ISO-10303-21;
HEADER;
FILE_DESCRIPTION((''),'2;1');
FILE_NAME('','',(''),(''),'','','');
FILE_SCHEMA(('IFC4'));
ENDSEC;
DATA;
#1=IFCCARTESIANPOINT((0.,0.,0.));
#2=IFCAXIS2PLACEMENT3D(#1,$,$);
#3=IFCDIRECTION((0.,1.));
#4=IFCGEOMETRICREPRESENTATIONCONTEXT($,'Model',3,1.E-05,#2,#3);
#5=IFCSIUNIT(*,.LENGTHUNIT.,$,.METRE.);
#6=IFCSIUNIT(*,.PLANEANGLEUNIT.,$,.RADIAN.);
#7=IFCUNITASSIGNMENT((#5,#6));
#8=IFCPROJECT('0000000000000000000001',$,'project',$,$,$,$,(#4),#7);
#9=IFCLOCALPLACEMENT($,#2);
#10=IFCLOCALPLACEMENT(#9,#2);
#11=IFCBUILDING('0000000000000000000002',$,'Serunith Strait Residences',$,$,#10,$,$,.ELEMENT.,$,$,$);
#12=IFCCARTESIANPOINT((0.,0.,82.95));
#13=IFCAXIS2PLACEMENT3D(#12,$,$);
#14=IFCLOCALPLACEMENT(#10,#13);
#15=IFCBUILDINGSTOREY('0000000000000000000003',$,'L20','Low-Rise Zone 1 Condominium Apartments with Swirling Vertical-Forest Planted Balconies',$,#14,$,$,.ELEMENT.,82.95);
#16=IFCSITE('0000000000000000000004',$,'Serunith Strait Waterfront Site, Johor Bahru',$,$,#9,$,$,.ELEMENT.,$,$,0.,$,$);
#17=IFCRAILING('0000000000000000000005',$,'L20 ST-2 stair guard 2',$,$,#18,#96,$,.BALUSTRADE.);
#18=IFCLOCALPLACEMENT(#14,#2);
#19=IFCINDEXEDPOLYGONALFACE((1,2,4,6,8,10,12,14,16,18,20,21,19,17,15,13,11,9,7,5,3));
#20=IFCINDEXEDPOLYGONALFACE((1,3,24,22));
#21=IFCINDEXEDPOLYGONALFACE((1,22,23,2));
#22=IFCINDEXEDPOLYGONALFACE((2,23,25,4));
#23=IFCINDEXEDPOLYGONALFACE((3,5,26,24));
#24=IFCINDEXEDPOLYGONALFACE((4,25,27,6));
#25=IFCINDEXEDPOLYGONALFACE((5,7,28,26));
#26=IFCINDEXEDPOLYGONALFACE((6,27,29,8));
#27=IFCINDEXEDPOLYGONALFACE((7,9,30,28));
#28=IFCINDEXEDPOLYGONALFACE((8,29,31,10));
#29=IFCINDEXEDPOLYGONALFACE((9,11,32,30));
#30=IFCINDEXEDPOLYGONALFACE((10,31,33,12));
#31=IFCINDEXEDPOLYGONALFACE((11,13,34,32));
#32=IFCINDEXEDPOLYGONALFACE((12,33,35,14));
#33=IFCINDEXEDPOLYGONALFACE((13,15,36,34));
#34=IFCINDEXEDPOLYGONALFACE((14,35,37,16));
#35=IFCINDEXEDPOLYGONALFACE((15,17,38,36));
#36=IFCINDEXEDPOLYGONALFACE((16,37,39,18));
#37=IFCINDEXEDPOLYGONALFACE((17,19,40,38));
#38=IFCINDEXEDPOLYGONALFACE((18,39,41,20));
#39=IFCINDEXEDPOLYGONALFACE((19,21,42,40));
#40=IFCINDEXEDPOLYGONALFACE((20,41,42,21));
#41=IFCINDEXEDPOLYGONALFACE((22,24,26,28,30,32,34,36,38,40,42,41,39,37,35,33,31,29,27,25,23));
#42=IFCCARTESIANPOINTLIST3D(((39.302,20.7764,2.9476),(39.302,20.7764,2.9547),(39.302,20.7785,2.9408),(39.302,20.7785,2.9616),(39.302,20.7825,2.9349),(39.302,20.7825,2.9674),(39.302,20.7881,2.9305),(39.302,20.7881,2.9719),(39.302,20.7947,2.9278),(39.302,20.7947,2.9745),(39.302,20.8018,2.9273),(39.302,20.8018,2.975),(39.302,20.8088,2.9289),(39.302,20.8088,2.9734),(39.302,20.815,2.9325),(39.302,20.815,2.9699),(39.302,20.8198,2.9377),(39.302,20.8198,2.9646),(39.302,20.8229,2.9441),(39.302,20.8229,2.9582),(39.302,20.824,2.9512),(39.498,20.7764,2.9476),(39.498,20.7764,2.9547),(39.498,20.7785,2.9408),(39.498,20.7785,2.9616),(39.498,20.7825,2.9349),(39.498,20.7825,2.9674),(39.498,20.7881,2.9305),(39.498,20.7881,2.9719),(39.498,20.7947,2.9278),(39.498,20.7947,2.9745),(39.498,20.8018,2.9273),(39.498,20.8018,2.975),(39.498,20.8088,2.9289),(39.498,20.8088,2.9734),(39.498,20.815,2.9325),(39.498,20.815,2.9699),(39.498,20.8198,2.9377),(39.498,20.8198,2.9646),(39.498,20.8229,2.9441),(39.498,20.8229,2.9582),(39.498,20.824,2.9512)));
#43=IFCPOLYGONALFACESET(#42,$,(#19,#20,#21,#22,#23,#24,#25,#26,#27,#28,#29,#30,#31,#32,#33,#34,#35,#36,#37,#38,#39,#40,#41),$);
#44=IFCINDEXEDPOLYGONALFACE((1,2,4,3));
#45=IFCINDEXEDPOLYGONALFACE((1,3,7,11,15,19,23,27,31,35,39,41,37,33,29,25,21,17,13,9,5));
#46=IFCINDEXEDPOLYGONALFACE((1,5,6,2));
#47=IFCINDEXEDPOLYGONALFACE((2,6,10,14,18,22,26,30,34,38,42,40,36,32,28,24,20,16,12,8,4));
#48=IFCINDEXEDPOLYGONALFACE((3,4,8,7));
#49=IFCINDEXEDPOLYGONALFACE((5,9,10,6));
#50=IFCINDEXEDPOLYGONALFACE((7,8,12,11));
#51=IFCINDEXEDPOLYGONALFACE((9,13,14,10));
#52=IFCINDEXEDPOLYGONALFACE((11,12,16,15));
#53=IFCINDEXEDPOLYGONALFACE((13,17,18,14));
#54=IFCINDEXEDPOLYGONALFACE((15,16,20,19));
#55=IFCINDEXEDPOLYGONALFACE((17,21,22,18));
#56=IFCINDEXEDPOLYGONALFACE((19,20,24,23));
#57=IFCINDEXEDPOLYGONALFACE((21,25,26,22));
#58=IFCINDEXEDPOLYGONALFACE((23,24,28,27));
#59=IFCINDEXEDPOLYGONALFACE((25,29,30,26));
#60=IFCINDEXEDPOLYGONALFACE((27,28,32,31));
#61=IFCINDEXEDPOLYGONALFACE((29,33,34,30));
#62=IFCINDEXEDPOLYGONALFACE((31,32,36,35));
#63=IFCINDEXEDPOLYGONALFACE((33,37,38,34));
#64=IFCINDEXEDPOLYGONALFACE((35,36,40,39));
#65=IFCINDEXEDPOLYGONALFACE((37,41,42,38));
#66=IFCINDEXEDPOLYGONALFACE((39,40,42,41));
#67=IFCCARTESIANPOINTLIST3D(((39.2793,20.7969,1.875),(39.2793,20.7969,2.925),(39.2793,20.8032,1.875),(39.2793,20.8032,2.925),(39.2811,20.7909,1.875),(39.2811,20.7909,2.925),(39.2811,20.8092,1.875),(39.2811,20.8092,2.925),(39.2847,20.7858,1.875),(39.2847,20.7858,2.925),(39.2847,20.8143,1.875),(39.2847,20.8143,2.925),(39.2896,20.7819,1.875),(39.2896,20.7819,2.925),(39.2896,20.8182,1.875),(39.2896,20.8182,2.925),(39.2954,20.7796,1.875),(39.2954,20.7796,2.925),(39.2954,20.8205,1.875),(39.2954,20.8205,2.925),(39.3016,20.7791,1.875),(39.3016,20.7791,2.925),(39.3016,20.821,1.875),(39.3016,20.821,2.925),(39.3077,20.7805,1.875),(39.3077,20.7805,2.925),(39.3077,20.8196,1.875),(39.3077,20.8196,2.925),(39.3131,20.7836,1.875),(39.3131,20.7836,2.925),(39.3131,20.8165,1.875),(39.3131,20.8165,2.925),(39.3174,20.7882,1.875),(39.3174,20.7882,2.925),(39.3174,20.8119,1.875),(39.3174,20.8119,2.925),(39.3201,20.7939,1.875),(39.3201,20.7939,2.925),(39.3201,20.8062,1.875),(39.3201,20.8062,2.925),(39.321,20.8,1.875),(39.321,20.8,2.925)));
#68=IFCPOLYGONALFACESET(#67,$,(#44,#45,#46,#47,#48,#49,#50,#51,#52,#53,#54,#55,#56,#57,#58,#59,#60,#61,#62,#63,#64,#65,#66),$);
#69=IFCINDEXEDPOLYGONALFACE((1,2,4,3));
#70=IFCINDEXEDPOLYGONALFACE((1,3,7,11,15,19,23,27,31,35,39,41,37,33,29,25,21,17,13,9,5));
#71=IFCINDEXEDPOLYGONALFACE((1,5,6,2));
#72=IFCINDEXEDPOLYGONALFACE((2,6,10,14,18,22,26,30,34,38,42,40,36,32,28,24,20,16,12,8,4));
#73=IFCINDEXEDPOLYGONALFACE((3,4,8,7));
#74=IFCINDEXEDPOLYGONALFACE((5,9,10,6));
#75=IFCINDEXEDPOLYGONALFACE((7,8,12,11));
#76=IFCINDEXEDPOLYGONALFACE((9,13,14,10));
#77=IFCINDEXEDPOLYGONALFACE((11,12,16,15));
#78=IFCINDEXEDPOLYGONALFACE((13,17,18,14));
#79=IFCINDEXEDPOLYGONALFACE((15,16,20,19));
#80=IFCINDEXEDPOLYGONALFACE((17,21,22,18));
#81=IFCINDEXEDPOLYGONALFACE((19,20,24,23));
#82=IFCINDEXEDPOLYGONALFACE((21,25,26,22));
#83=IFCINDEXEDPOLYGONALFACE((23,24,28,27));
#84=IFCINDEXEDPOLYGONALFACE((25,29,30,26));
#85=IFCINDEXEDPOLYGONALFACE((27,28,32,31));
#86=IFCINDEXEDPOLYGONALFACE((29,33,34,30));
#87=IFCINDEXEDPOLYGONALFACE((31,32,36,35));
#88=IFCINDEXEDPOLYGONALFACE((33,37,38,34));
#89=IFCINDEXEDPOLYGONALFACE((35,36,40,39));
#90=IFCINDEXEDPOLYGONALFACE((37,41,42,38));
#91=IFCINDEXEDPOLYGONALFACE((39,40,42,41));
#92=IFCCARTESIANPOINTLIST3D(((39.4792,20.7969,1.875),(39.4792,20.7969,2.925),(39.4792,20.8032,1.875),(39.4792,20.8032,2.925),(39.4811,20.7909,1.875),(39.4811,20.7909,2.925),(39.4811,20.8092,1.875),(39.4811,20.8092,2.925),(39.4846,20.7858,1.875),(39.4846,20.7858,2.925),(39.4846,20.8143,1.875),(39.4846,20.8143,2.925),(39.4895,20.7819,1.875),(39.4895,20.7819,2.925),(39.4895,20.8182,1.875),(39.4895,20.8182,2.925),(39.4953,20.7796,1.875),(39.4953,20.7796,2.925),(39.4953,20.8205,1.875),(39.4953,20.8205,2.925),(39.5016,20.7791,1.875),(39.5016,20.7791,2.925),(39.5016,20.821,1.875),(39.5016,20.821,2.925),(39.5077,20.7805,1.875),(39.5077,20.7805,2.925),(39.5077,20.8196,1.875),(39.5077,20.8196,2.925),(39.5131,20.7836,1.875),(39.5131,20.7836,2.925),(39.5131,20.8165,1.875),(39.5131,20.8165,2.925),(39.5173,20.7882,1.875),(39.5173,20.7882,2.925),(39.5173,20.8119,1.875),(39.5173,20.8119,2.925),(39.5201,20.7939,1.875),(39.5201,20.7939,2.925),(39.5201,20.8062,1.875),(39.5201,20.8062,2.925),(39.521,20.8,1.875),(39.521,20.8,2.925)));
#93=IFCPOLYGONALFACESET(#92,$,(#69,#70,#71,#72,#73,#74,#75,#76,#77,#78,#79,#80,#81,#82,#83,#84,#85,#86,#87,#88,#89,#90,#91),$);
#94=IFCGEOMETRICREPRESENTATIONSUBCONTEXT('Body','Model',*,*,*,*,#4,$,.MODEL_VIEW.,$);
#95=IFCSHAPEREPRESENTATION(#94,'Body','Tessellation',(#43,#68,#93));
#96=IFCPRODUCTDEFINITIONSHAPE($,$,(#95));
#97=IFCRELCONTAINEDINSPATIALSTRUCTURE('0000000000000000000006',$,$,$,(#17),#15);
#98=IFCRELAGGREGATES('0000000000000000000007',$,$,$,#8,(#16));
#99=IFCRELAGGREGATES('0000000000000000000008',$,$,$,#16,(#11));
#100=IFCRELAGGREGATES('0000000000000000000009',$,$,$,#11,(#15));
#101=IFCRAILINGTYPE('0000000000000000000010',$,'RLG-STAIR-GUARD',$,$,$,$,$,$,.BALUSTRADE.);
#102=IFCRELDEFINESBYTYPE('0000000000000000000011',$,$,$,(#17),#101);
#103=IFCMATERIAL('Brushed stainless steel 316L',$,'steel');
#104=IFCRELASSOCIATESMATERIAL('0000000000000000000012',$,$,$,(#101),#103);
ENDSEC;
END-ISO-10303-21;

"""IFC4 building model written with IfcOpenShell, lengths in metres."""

from ifc_helpers import new_model, si_unit, direction, frame, origin, origin_2d, place, context, subcontext, project, spatial, circle, extrude, material, type_object, element, save


model = new_model("IFC4")

# Units and contexts
model_context = context("Model", 3, precision=1e-05, world=origin(), true_north=direction((0.0, 1.0)))
body_context = subcontext(model_context, "Body", "Model", "MODEL_VIEW")
ifc_project = project(units=[si_unit("LENGTHUNIT", "METRE"), si_unit("PLANEANGLEUNIT", "RADIAN")], contexts=[model_context])

# Site, building, storey
site_placement = place(None, origin())
site = spatial("IfcSite", under=ifc_project, at=site_placement, Name="Serunith Strait Waterfront Site, Johor Bahru", CompositionType="ELEMENT", RefElevation=0.0)
building_placement = place(site_placement, origin())
building = spatial("IfcBuilding", under=site, at=building_placement, Name="Serunith Strait Residences", CompositionType="ELEMENT")
storey_placement = place(building_placement, frame((0.0, 0.0, 82.95)))
storey = spatial("IfcBuildingStorey", under=building, at=storey_placement, Name="L20", Description="Low-Rise Zone 1 Condominium Apartments with Swirling Vertical-Forest Planted Balconies", CompositionType="ELEMENT", Elevation=82.95)

# Railing
ifc_material_1 = material(Name="Brushed stainless steel 316L", Category="steel")
railing_type_1 = type_object("IfcRailingType", Name="RLG-STAIR-GUARD", PredefinedType="BALUSTRADE", material=ifc_material_1)
railing_1_placement = place(storey_placement, frame((39.3, 20.8, 1.875)))
element("IfcRailing", 1, at=railing_1_placement, inside=storey, type_object=railing_type_1, Name="L20 ST-2 stair guard 2", PredefinedType="BALUSTRADE", context=body_context, shape_type="SweptSolid", body=[
    extrude(circle(Radius=0.0239, at=origin_2d()), frame((0.002, 0.0, 1.0762), z_axis=(1.0, 0.0, 0.0), x_axis=(0.0, 1.0, 0.0)), (0.0, 0.0, 1.0), 0.196),
    extrude(circle(Radius=0.021, at=origin_2d()), origin(), (0.0, 0.0, 1.0), 1.05),
    extrude(circle(Radius=0.021, at=origin_2d()), frame((0.2, 0.0, 0.0)), (0.0, 0.0, 1.0), 1.05),
])

save(model, "model.ifc")
